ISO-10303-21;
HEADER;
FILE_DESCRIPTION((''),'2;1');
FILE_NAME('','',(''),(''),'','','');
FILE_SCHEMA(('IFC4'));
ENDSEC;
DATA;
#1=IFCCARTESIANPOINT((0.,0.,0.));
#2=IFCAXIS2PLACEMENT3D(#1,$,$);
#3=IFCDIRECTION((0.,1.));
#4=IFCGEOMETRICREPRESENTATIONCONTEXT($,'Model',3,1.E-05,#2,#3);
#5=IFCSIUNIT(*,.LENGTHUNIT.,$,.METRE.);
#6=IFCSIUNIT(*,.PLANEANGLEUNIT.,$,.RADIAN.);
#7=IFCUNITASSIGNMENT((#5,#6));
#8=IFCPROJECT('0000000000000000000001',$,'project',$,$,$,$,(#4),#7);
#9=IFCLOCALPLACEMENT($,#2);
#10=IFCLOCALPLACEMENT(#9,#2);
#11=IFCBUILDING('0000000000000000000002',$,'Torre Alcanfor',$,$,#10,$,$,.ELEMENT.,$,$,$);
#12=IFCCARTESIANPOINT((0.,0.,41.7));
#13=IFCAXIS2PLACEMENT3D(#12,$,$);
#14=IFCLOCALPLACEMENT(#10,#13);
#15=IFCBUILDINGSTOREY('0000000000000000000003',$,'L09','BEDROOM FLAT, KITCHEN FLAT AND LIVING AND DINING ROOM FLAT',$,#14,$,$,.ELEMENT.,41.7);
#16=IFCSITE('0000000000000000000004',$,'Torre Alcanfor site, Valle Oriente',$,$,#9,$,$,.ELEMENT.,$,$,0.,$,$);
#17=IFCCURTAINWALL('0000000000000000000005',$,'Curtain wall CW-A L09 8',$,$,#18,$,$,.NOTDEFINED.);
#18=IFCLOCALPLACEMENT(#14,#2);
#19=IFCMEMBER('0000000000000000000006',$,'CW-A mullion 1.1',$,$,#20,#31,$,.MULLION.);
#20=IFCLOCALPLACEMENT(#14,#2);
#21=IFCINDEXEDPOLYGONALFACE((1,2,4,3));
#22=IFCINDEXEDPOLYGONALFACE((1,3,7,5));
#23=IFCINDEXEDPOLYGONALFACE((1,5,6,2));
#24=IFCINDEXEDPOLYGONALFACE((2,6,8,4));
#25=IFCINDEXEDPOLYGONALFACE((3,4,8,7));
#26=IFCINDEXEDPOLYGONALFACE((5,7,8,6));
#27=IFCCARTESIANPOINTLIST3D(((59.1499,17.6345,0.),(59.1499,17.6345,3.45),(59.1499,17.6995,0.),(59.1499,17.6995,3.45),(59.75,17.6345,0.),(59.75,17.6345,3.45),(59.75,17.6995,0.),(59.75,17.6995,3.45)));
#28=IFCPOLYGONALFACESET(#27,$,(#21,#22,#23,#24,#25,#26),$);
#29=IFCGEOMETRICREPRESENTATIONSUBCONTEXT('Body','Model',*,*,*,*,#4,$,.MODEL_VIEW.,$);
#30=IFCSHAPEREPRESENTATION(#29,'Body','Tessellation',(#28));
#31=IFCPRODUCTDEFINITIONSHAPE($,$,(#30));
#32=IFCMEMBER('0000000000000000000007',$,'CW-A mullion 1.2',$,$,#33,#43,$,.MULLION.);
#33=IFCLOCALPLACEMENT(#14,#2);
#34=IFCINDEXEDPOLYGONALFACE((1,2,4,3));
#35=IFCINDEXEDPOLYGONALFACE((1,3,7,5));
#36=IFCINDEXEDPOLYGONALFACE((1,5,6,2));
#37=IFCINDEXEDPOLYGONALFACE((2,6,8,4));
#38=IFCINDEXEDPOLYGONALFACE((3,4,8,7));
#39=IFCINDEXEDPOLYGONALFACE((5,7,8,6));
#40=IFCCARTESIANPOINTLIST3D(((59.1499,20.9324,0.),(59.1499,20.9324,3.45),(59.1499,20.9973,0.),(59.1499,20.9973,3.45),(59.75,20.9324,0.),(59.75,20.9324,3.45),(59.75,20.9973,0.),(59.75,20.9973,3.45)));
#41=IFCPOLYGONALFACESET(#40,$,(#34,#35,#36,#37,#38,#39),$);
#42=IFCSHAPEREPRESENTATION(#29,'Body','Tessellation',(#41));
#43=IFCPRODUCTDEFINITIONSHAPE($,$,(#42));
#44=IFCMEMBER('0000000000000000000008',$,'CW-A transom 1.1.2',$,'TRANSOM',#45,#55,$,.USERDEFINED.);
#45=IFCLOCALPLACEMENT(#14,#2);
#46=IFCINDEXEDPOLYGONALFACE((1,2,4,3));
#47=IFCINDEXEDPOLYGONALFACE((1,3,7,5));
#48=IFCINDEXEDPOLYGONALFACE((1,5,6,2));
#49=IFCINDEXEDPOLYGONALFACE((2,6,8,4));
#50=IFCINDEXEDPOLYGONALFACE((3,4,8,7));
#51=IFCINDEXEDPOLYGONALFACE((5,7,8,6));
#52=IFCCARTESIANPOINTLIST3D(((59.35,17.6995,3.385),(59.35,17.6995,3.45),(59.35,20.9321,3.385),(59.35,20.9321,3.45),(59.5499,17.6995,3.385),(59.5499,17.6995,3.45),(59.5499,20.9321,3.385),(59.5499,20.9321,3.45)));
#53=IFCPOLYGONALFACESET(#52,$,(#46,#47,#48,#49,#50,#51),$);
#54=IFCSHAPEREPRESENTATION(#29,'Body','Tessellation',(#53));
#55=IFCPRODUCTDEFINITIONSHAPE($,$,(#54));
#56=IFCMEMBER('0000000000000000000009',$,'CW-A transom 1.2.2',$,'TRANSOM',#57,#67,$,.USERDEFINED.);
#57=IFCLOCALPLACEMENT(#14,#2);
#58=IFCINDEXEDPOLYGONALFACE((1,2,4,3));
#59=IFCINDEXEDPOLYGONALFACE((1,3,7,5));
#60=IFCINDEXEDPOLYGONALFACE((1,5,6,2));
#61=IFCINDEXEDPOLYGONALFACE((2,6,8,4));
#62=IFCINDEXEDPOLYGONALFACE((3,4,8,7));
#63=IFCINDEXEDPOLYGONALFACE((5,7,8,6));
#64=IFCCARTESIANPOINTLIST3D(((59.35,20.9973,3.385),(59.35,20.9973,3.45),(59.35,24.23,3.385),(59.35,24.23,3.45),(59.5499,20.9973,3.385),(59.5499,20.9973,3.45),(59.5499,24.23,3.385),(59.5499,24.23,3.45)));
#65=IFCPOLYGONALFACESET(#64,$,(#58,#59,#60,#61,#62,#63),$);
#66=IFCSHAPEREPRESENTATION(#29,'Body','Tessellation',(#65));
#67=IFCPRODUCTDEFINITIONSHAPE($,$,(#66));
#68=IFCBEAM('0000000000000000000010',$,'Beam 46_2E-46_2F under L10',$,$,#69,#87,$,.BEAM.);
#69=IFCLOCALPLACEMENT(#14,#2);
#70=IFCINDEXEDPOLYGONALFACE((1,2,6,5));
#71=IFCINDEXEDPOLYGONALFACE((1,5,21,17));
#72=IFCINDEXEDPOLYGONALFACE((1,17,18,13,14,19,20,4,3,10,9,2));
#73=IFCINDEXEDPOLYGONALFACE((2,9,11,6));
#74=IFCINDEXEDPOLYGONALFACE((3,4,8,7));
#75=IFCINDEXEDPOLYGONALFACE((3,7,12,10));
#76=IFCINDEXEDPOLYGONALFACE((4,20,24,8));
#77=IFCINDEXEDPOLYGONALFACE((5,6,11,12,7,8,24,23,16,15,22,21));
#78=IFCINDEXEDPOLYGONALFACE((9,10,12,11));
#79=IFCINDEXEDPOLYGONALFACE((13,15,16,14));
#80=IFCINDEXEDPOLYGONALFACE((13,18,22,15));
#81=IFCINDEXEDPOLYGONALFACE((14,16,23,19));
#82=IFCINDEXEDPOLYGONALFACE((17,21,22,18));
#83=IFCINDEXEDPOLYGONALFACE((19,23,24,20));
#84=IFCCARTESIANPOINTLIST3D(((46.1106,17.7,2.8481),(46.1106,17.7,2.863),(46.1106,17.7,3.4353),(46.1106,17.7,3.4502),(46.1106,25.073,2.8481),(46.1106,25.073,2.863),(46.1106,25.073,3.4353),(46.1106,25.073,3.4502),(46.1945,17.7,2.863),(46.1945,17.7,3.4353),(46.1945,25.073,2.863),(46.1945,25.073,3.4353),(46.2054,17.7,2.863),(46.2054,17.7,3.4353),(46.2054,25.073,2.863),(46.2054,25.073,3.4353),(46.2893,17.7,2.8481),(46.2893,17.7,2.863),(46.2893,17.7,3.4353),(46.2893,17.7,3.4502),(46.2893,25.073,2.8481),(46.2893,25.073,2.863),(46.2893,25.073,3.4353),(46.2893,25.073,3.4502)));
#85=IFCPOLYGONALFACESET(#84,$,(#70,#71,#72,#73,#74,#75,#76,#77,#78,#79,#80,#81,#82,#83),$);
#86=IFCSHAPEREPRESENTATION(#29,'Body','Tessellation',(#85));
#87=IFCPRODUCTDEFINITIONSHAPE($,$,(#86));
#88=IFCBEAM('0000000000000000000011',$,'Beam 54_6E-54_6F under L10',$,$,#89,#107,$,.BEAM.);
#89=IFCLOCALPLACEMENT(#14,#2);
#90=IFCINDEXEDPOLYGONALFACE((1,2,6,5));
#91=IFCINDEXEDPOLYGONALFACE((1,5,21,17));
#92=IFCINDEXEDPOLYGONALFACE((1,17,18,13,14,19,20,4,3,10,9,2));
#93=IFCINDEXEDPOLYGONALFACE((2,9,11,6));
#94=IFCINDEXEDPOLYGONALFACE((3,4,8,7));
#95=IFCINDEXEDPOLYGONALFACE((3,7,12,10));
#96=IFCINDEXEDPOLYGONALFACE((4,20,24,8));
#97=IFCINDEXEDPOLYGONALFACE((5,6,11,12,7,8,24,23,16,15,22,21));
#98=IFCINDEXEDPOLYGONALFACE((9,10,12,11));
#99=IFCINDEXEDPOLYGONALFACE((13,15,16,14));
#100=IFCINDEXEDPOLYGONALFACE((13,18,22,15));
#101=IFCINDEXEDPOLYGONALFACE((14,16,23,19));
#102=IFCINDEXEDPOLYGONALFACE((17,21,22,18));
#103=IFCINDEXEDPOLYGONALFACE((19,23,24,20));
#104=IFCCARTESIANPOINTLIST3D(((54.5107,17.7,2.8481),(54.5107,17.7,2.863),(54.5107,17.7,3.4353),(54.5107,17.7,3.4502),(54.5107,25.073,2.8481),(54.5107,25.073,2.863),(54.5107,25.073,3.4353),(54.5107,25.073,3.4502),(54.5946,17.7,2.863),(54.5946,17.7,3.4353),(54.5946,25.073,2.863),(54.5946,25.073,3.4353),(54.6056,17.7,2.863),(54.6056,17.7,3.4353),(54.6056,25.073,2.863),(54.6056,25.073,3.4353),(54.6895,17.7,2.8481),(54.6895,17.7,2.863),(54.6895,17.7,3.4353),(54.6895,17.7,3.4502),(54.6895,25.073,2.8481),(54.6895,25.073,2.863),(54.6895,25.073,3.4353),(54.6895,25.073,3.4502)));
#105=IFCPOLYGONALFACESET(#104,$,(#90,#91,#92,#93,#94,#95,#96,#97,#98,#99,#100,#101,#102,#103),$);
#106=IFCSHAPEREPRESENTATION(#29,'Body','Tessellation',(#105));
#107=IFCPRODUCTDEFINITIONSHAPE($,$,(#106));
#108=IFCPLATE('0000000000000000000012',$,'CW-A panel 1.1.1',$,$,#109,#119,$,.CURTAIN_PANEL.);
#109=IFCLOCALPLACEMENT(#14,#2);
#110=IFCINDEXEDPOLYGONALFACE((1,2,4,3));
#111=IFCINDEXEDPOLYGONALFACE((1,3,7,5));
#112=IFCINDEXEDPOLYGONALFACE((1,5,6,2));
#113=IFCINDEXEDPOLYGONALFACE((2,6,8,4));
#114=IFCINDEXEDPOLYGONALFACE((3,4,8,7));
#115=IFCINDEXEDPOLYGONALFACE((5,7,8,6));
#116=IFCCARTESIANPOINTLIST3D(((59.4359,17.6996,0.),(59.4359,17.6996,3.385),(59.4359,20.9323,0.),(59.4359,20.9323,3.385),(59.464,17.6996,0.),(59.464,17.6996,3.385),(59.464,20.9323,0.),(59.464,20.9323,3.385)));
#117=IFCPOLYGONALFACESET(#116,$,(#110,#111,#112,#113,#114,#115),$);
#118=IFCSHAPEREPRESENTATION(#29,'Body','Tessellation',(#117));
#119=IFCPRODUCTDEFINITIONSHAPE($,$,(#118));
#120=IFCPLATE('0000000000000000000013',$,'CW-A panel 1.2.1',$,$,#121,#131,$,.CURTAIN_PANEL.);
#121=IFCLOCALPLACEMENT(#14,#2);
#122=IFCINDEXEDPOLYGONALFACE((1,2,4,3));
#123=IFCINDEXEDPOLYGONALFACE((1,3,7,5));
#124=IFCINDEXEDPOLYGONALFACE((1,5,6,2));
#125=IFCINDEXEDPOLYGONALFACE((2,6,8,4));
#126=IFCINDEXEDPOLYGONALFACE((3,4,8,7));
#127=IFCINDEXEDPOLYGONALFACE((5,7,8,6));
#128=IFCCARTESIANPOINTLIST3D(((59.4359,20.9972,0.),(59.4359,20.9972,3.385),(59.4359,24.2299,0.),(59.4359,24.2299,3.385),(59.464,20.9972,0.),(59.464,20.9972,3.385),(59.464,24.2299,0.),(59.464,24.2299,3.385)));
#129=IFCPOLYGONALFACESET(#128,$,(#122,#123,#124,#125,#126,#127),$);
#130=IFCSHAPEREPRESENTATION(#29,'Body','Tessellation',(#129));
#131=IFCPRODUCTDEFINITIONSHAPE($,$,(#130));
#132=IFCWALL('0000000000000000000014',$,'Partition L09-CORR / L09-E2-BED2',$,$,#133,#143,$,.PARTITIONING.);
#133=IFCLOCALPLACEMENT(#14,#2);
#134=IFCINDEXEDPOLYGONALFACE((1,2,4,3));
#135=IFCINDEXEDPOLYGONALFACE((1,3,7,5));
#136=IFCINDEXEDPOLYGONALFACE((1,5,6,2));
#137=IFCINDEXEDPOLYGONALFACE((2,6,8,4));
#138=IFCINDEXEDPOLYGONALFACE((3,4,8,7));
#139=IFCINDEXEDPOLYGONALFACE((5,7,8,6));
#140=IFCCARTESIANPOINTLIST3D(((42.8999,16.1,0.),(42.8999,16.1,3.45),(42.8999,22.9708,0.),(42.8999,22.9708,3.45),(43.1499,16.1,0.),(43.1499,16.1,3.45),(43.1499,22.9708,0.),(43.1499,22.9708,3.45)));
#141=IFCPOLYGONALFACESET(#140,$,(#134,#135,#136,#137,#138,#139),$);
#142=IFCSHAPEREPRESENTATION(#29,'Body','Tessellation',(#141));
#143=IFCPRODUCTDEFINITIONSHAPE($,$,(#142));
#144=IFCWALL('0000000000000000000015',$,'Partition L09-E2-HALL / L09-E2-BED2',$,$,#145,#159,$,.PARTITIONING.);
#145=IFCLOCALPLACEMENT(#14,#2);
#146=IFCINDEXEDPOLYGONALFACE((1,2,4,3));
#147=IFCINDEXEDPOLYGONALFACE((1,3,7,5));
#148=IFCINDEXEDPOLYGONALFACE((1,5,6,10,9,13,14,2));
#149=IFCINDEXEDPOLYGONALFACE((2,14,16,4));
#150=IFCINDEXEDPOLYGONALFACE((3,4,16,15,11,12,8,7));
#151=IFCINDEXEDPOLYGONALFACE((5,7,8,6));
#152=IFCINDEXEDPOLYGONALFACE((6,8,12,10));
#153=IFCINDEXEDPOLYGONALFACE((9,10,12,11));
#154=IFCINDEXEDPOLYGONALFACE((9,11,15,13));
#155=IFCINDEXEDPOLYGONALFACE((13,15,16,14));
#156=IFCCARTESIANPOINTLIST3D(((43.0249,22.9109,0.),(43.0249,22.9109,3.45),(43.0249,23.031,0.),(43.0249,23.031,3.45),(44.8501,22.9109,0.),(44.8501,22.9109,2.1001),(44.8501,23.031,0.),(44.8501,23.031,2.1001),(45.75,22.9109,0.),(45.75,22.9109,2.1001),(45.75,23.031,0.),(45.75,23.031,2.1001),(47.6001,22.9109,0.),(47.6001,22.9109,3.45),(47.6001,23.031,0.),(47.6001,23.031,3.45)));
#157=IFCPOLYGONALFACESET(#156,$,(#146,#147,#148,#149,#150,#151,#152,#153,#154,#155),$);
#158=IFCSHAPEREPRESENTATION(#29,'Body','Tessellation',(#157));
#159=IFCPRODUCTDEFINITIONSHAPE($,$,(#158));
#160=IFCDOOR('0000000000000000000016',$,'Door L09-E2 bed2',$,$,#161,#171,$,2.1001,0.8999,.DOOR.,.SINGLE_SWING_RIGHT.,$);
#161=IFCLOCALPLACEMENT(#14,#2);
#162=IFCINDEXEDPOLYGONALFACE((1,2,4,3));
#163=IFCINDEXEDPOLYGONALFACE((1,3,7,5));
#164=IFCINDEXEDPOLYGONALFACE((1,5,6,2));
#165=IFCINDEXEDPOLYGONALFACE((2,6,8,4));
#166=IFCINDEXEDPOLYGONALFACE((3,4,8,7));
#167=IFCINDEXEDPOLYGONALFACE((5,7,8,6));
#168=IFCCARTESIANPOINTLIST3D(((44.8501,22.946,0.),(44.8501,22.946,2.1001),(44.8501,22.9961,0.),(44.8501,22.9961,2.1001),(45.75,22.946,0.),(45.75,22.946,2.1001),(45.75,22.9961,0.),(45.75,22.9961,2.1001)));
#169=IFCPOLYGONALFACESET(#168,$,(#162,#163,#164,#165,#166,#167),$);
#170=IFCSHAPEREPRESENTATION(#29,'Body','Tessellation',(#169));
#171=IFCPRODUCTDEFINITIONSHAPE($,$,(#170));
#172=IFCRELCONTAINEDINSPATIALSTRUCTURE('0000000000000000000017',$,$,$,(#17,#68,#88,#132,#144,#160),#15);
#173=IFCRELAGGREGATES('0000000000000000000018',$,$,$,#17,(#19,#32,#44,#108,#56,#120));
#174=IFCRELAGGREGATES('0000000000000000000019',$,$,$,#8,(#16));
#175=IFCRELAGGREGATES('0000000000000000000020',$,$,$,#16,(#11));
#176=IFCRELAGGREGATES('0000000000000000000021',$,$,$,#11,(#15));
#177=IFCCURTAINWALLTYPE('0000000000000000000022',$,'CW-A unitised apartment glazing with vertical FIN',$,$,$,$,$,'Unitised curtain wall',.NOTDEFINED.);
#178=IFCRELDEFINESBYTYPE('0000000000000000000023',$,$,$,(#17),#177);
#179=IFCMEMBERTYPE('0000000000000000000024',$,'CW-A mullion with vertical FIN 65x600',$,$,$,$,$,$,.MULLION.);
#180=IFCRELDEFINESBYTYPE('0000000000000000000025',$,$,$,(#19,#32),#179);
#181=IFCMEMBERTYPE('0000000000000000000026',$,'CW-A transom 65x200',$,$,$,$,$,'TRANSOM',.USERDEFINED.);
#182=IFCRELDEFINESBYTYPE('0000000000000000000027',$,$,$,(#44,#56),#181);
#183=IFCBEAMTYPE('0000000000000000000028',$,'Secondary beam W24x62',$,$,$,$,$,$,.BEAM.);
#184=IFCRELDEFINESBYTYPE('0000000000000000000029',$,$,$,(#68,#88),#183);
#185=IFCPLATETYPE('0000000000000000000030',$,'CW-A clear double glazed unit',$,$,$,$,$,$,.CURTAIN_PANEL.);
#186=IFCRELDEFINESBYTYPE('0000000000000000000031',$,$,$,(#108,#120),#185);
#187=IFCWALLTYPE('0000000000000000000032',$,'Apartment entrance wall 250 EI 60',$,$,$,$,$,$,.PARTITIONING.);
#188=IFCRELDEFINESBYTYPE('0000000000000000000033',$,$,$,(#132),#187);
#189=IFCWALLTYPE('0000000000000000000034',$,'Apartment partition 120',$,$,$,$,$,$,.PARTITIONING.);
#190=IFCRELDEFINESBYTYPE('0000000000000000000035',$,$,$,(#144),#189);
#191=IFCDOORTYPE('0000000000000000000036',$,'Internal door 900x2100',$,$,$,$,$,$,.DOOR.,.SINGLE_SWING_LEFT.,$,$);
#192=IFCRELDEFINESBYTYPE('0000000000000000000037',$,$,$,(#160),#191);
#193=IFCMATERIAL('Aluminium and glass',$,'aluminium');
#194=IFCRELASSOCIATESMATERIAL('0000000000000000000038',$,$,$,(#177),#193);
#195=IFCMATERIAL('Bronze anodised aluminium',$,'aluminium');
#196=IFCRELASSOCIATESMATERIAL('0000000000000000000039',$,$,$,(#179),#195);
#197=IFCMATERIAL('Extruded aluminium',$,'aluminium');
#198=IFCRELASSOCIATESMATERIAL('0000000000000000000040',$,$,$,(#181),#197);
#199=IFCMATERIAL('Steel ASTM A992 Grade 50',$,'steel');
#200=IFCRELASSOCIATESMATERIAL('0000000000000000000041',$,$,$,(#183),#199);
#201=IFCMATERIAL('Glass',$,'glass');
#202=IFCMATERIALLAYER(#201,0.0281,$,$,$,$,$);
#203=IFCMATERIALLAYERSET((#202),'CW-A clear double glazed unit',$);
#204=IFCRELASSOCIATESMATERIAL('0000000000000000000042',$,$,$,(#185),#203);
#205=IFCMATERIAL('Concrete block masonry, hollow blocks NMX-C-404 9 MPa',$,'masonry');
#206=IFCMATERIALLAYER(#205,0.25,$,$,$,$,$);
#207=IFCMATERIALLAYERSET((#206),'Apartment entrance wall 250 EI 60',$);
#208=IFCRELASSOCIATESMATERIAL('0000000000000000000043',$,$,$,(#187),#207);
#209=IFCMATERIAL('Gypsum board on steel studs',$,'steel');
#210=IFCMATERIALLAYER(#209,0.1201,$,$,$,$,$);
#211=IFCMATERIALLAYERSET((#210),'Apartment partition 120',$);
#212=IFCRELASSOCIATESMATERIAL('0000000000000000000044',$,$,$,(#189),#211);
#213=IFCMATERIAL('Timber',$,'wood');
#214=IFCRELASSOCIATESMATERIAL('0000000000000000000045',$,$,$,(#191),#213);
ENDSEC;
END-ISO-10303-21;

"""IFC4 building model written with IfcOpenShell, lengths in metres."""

from ifc_helpers import new_model, si_unit, direction, frame, frame_2d, origin, origin_2d, place, context, subcontext, project, spatial, rectangle, i_section, extrude, material, layer, layer_set, material_profile, profile_set, type_object, element, fill, aggregate, save


model = new_model("IFC4")

# Units and contexts
model_context = context("Model", 3, precision=1e-05, world=origin(), true_north=direction((0.0, 1.0)))
body_context = subcontext(model_context, "Body", "Model", "MODEL_VIEW")
ifc_project = project(units=[si_unit("LENGTHUNIT", "METRE"), si_unit("PLANEANGLEUNIT", "RADIAN")], contexts=[model_context])

# Site, building, storey
site_placement = place(None, origin())
site = spatial("IfcSite", under=ifc_project, at=site_placement, Name="Torre Alcanfor site, Valle Oriente", CompositionType="ELEMENT", RefElevation=0.0)
building_placement = place(site_placement, origin())
building = spatial("IfcBuilding", under=site, at=building_placement, Name="Torre Alcanfor", CompositionType="ELEMENT")
storey_placement = place(building_placement, frame((0.0, 0.0, 41.7)))
storey = spatial("IfcBuildingStorey", under=building, at=storey_placement, Name="L09", Description="BEDROOM FLAT, KITCHEN FLAT AND LIVING AND DINING ROOM FLAT", CompositionType="ELEMENT", Elevation=41.7)

# Curtain wall, members
ifc_material_1 = material(Name="Aluminium and glass", Category="aluminium")
curtain_wall_type = type_object("IfcCurtainWallType", Name="CW-A unitised apartment glazing with vertical FIN", ElementType="Unitised curtain wall", PredefinedType="NOTDEFINED", material=ifc_material_1)
curtain_wall_placement = place(storey_placement, origin())
curtain_wall = element("IfcCurtainWall", 1, at=curtain_wall_placement, inside=storey, type_object=curtain_wall_type, Name="Curtain wall CW-A L09 8", PredefinedType="NOTDEFINED")
ifc_material_2 = material(Name="Bronze anodised aluminium", Category="aluminium")
ifc_material_profile_1 = material_profile(ifc_material_2, rectangle(XDim=0.6001, YDim=0.0649, at=origin_2d()), Name="CW-A mullion 65x600")
ifc_profile_set_1 = profile_set([ifc_material_profile_1], Name="Bronze anodised aluminium")
member_type_1 = type_object("IfcMemberType", Name="CW-A mullion with vertical FIN 65x600", PredefinedType="MULLION", material=ifc_profile_set_1)
member_1_placement = place(storey_placement, frame((59.45, 17.667, 0.0), z_axis=(0.0, 0.0, 1.0), x_axis=(-1.0, 0.0, 0.0)))
member_1 = element("IfcMember", 2, at=member_1_placement, type_object=member_type_1, Name="CW-A mullion 1.1", PredefinedType="MULLION", context=body_context, shape_type="SweptSolid", body=[
    extrude(rectangle(XDim=0.6001, YDim=0.0649, at=origin_2d()), origin(), (0.0, 0.0, 1.0), 3.45),
])
member_2_placement = place(storey_placement, frame((59.45, 20.9648, 0.0), z_axis=(0.0, 0.0, 1.0), x_axis=(-1.0, 0.0, 0.0)))
member_2 = element("IfcMember", 3, at=member_2_placement, type_object=member_type_1, Name="CW-A mullion 1.2", PredefinedType="MULLION", context=body_context, shape_type="SweptSolid", body=[
    extrude(rectangle(XDim=0.6001, YDim=0.0649, at=origin_2d()), origin(), (0.0, 0.0, 1.0), 3.45),
])
ifc_material_3 = material(Name="Extruded aluminium", Category="aluminium")
ifc_material_profile_2 = material_profile(ifc_material_3, rectangle(XDim=0.2, YDim=0.0649, at=origin_2d()), Name="CW-A transom 200x65")
ifc_profile_set_2 = profile_set([ifc_material_profile_2], Name="Extruded aluminium")
member_type_2 = type_object("IfcMemberType", Name="CW-A transom 65x200", ElementType="TRANSOM", PredefinedType="USERDEFINED", material=ifc_profile_set_2)
member_3_placement = place(storey_placement, frame((59.45, 17.6995, 3.4175), z_axis=(0.0, 1.0, 0.0), x_axis=(-1.0, 0.0, 0.0)))
member_3 = element("IfcMember", 4, at=member_3_placement, type_object=member_type_2, Name="CW-A transom 1.1.2", ObjectType="TRANSOM", PredefinedType="USERDEFINED", context=body_context, shape_type="SweptSolid", body=[
    extrude(rectangle(XDim=0.2, YDim=0.0649, at=origin_2d()), origin(), (0.0, 0.0, 1.0), 3.2327),
])
member_4_placement = place(storey_placement, frame((59.45, 20.9973, 3.4175), z_axis=(0.0, 1.0, 0.0), x_axis=(-1.0, 0.0, 0.0)))
member_4 = element("IfcMember", 5, at=member_4_placement, type_object=member_type_2, Name="CW-A transom 1.2.2", ObjectType="TRANSOM", PredefinedType="USERDEFINED", context=body_context, shape_type="SweptSolid", body=[
    extrude(rectangle(XDim=0.2, YDim=0.0649, at=origin_2d()), origin(), (0.0, 0.0, 1.0), 3.2327),
])

# Beams
ifc_material_4 = material(Name="Steel ASTM A992 Grade 50", Category="steel")
ifc_material_profile_3 = material_profile(ifc_material_4, i_section(OverallWidth=0.1787, OverallDepth=0.6021, WebThickness=0.011, FlangeThickness=0.0149, at=origin_2d()), Name="W24x62")
ifc_profile_set_3 = profile_set([ifc_material_profile_3], Name="Steel ASTM A992 Grade 50")
beam_type = type_object("IfcBeamType", Name="Secondary beam W24x62", PredefinedType="BEAM", material=ifc_profile_set_3)
for number, where, z_axis, x_axis, name in (
    (6, (46.2, 17.7, 3.1492), (0.0, 1.0, 0.0), (-1.0, 0.0, 0.0), "Beam 46_2E-46_2F under L10"),
    (7, (54.6001, 17.7, 3.1492), (0.0, 1.0, 0.0), (-1.0, 0.0, 0.0), "Beam 54_6E-54_6F under L10"),
):
    element("IfcBeam", number, at=place(storey_placement, frame(where, z_axis=z_axis, x_axis=x_axis)), inside=storey, type_object=beam_type, Name=name, PredefinedType="BEAM", context=body_context, shape_type="SweptSolid", body=[
        extrude(i_section(OverallWidth=0.1787, OverallDepth=0.6021, WebThickness=0.011, FlangeThickness=0.0149, at=origin_2d()), origin(), (0.0, 0.0, 1.0), 7.373),
    ])

# Plates
ifc_material_5 = material(Name="Glass", Category="glass")
ifc_layer_1 = layer(ifc_material_5, 0.0281)
ifc_layer_set_1 = layer_set([ifc_layer_1], Name="CW-A clear double glazed unit")
plate_type = type_object("IfcPlateType", Name="CW-A clear double glazed unit", PredefinedType="CURTAIN_PANEL", material=ifc_layer_set_1)
plate_1_placement = place(storey_placement, frame((59.45, 19.3159, 0.0), z_axis=(0.0, 0.0, 1.0), x_axis=(0.0, 1.0, 0.0)))
plate_1 = element("IfcPlate", 8, at=plate_1_placement, type_object=plate_type, Name="CW-A panel 1.1.1", PredefinedType="CURTAIN_PANEL", context=body_context, shape_type="SweptSolid", body=[
    extrude(rectangle(XDim=3.2327, YDim=0.0281, at=origin_2d()), origin(), (0.0, 0.0, 1.0), 3.385),
])
plate_2_placement = place(storey_placement, frame((59.45, 22.6135, 0.0), z_axis=(0.0, 0.0, 1.0), x_axis=(0.0, 1.0, 0.0)))
plate_2 = element("IfcPlate", 9, at=plate_2_placement, type_object=plate_type, Name="CW-A panel 1.2.1", PredefinedType="CURTAIN_PANEL", context=body_context, shape_type="SweptSolid", body=[
    extrude(rectangle(XDim=3.2327, YDim=0.0281, at=origin_2d()), origin(), (0.0, 0.0, 1.0), 3.385),
])
aggregate(curtain_wall, [member_1, member_2, member_3, plate_1, member_4, plate_2])

# Wall
ifc_material_6 = material(Name="Concrete block masonry, hollow blocks NMX-C-404 9 MPa", Category="masonry")
ifc_layer_2 = layer(ifc_material_6, 0.25)
ifc_layer_set_2 = layer_set([ifc_layer_2], Name="Apartment entrance wall 250 EI 60")
wall_type_1 = type_object("IfcWallType", Name="Apartment entrance wall 250 EI 60", PredefinedType="PARTITIONING", material=ifc_layer_set_2)
wall_1_placement = place(storey_placement, frame((43.0249, 22.9709, 0.0), z_axis=(0.0, 0.0, 1.0), x_axis=(0.0, -1.0, 0.0)))
element("IfcWall", 10, at=wall_1_placement, inside=storey, type_object=wall_type_1, Name="Partition L09-CORR / L09-E2-BED2", PredefinedType="PARTITIONING", context=body_context, shape_type="SweptSolid", body=[
    extrude(rectangle(XDim=6.8708, YDim=0.25, at=frame_2d((3.4355, 0.0))), origin(), (0.0, 0.0, 1.0), 3.45),
])

# Wall, opening, door
ifc_material_7 = material(Name="Gypsum board on steel studs", Category="steel")
ifc_layer_3 = layer(ifc_material_7, 0.1201)
ifc_layer_set_3 = layer_set([ifc_layer_3], Name="Apartment partition 120")
wall_type_2 = type_object("IfcWallType", Name="Apartment partition 120", PredefinedType="PARTITIONING", material=ifc_layer_set_3)
wall_2_placement = place(storey_placement, frame((47.6001, 22.9709, 0.0), z_axis=(0.0, 0.0, 1.0), x_axis=(-1.0, 0.0, 0.0)))
wall_2 = element("IfcWall", 11, at=wall_2_placement, inside=storey, type_object=wall_type_2, Name="Partition L09-E2-HALL / L09-E2-BED2", PredefinedType="PARTITIONING", context=body_context, shape_type="SweptSolid", body=[
    extrude(rectangle(XDim=4.5752, YDim=0.1201, at=frame_2d((2.2876, 0.0))), origin(), (0.0, 0.0, 1.0), 3.45),
])
opening_1_placement = place(wall_2_placement, frame((1.8501, 0.0, 0.0)))
opening_1 = element("IfcOpeningElement", 12, at=opening_1_placement, cuts=wall_2, PredefinedType="OPENING", context=body_context, shape_type="SweptSolid", body=[
    extrude(rectangle(XDim=0.8999, YDim=2.1001, at=frame_2d((0.45, 1.05))), frame((0.0, 0.0701, 0.0), z_axis=(0.0, -1.0, 0.0), x_axis=(1.0, 0.0, 0.0)), (0.0, 0.0, 1.0), 0.1401),
])
ifc_material_8 = material(Name="Timber", Category="wood")
door_type_1 = type_object("IfcDoorType", Name="Internal door 900x2100", OperationType="SINGLE_SWING_LEFT", PredefinedType="DOOR", material=ifc_material_8)
door_1_placement = place(opening_1_placement, origin())
door_1 = element("IfcDoor", 13, at=door_1_placement, inside=storey, type_object=door_type_1, Name="Door L09-E2 bed2", OperationType="SINGLE_SWING_RIGHT", OverallHeight=2.1001, OverallWidth=0.8999, PredefinedType="DOOR", context=body_context, shape_type="SweptSolid", body=[
    extrude(rectangle(XDim=0.8999, YDim=2.1001, at=frame_2d((0.45, 1.05))), frame((0.0, 0.0249, 0.0), z_axis=(0.0, -1.0, 0.0), x_axis=(1.0, 0.0, 0.0)), (0.0, 0.0, 1.0), 0.05),
])
fill(opening_1, door_1)

save(model, "model.ifc")
